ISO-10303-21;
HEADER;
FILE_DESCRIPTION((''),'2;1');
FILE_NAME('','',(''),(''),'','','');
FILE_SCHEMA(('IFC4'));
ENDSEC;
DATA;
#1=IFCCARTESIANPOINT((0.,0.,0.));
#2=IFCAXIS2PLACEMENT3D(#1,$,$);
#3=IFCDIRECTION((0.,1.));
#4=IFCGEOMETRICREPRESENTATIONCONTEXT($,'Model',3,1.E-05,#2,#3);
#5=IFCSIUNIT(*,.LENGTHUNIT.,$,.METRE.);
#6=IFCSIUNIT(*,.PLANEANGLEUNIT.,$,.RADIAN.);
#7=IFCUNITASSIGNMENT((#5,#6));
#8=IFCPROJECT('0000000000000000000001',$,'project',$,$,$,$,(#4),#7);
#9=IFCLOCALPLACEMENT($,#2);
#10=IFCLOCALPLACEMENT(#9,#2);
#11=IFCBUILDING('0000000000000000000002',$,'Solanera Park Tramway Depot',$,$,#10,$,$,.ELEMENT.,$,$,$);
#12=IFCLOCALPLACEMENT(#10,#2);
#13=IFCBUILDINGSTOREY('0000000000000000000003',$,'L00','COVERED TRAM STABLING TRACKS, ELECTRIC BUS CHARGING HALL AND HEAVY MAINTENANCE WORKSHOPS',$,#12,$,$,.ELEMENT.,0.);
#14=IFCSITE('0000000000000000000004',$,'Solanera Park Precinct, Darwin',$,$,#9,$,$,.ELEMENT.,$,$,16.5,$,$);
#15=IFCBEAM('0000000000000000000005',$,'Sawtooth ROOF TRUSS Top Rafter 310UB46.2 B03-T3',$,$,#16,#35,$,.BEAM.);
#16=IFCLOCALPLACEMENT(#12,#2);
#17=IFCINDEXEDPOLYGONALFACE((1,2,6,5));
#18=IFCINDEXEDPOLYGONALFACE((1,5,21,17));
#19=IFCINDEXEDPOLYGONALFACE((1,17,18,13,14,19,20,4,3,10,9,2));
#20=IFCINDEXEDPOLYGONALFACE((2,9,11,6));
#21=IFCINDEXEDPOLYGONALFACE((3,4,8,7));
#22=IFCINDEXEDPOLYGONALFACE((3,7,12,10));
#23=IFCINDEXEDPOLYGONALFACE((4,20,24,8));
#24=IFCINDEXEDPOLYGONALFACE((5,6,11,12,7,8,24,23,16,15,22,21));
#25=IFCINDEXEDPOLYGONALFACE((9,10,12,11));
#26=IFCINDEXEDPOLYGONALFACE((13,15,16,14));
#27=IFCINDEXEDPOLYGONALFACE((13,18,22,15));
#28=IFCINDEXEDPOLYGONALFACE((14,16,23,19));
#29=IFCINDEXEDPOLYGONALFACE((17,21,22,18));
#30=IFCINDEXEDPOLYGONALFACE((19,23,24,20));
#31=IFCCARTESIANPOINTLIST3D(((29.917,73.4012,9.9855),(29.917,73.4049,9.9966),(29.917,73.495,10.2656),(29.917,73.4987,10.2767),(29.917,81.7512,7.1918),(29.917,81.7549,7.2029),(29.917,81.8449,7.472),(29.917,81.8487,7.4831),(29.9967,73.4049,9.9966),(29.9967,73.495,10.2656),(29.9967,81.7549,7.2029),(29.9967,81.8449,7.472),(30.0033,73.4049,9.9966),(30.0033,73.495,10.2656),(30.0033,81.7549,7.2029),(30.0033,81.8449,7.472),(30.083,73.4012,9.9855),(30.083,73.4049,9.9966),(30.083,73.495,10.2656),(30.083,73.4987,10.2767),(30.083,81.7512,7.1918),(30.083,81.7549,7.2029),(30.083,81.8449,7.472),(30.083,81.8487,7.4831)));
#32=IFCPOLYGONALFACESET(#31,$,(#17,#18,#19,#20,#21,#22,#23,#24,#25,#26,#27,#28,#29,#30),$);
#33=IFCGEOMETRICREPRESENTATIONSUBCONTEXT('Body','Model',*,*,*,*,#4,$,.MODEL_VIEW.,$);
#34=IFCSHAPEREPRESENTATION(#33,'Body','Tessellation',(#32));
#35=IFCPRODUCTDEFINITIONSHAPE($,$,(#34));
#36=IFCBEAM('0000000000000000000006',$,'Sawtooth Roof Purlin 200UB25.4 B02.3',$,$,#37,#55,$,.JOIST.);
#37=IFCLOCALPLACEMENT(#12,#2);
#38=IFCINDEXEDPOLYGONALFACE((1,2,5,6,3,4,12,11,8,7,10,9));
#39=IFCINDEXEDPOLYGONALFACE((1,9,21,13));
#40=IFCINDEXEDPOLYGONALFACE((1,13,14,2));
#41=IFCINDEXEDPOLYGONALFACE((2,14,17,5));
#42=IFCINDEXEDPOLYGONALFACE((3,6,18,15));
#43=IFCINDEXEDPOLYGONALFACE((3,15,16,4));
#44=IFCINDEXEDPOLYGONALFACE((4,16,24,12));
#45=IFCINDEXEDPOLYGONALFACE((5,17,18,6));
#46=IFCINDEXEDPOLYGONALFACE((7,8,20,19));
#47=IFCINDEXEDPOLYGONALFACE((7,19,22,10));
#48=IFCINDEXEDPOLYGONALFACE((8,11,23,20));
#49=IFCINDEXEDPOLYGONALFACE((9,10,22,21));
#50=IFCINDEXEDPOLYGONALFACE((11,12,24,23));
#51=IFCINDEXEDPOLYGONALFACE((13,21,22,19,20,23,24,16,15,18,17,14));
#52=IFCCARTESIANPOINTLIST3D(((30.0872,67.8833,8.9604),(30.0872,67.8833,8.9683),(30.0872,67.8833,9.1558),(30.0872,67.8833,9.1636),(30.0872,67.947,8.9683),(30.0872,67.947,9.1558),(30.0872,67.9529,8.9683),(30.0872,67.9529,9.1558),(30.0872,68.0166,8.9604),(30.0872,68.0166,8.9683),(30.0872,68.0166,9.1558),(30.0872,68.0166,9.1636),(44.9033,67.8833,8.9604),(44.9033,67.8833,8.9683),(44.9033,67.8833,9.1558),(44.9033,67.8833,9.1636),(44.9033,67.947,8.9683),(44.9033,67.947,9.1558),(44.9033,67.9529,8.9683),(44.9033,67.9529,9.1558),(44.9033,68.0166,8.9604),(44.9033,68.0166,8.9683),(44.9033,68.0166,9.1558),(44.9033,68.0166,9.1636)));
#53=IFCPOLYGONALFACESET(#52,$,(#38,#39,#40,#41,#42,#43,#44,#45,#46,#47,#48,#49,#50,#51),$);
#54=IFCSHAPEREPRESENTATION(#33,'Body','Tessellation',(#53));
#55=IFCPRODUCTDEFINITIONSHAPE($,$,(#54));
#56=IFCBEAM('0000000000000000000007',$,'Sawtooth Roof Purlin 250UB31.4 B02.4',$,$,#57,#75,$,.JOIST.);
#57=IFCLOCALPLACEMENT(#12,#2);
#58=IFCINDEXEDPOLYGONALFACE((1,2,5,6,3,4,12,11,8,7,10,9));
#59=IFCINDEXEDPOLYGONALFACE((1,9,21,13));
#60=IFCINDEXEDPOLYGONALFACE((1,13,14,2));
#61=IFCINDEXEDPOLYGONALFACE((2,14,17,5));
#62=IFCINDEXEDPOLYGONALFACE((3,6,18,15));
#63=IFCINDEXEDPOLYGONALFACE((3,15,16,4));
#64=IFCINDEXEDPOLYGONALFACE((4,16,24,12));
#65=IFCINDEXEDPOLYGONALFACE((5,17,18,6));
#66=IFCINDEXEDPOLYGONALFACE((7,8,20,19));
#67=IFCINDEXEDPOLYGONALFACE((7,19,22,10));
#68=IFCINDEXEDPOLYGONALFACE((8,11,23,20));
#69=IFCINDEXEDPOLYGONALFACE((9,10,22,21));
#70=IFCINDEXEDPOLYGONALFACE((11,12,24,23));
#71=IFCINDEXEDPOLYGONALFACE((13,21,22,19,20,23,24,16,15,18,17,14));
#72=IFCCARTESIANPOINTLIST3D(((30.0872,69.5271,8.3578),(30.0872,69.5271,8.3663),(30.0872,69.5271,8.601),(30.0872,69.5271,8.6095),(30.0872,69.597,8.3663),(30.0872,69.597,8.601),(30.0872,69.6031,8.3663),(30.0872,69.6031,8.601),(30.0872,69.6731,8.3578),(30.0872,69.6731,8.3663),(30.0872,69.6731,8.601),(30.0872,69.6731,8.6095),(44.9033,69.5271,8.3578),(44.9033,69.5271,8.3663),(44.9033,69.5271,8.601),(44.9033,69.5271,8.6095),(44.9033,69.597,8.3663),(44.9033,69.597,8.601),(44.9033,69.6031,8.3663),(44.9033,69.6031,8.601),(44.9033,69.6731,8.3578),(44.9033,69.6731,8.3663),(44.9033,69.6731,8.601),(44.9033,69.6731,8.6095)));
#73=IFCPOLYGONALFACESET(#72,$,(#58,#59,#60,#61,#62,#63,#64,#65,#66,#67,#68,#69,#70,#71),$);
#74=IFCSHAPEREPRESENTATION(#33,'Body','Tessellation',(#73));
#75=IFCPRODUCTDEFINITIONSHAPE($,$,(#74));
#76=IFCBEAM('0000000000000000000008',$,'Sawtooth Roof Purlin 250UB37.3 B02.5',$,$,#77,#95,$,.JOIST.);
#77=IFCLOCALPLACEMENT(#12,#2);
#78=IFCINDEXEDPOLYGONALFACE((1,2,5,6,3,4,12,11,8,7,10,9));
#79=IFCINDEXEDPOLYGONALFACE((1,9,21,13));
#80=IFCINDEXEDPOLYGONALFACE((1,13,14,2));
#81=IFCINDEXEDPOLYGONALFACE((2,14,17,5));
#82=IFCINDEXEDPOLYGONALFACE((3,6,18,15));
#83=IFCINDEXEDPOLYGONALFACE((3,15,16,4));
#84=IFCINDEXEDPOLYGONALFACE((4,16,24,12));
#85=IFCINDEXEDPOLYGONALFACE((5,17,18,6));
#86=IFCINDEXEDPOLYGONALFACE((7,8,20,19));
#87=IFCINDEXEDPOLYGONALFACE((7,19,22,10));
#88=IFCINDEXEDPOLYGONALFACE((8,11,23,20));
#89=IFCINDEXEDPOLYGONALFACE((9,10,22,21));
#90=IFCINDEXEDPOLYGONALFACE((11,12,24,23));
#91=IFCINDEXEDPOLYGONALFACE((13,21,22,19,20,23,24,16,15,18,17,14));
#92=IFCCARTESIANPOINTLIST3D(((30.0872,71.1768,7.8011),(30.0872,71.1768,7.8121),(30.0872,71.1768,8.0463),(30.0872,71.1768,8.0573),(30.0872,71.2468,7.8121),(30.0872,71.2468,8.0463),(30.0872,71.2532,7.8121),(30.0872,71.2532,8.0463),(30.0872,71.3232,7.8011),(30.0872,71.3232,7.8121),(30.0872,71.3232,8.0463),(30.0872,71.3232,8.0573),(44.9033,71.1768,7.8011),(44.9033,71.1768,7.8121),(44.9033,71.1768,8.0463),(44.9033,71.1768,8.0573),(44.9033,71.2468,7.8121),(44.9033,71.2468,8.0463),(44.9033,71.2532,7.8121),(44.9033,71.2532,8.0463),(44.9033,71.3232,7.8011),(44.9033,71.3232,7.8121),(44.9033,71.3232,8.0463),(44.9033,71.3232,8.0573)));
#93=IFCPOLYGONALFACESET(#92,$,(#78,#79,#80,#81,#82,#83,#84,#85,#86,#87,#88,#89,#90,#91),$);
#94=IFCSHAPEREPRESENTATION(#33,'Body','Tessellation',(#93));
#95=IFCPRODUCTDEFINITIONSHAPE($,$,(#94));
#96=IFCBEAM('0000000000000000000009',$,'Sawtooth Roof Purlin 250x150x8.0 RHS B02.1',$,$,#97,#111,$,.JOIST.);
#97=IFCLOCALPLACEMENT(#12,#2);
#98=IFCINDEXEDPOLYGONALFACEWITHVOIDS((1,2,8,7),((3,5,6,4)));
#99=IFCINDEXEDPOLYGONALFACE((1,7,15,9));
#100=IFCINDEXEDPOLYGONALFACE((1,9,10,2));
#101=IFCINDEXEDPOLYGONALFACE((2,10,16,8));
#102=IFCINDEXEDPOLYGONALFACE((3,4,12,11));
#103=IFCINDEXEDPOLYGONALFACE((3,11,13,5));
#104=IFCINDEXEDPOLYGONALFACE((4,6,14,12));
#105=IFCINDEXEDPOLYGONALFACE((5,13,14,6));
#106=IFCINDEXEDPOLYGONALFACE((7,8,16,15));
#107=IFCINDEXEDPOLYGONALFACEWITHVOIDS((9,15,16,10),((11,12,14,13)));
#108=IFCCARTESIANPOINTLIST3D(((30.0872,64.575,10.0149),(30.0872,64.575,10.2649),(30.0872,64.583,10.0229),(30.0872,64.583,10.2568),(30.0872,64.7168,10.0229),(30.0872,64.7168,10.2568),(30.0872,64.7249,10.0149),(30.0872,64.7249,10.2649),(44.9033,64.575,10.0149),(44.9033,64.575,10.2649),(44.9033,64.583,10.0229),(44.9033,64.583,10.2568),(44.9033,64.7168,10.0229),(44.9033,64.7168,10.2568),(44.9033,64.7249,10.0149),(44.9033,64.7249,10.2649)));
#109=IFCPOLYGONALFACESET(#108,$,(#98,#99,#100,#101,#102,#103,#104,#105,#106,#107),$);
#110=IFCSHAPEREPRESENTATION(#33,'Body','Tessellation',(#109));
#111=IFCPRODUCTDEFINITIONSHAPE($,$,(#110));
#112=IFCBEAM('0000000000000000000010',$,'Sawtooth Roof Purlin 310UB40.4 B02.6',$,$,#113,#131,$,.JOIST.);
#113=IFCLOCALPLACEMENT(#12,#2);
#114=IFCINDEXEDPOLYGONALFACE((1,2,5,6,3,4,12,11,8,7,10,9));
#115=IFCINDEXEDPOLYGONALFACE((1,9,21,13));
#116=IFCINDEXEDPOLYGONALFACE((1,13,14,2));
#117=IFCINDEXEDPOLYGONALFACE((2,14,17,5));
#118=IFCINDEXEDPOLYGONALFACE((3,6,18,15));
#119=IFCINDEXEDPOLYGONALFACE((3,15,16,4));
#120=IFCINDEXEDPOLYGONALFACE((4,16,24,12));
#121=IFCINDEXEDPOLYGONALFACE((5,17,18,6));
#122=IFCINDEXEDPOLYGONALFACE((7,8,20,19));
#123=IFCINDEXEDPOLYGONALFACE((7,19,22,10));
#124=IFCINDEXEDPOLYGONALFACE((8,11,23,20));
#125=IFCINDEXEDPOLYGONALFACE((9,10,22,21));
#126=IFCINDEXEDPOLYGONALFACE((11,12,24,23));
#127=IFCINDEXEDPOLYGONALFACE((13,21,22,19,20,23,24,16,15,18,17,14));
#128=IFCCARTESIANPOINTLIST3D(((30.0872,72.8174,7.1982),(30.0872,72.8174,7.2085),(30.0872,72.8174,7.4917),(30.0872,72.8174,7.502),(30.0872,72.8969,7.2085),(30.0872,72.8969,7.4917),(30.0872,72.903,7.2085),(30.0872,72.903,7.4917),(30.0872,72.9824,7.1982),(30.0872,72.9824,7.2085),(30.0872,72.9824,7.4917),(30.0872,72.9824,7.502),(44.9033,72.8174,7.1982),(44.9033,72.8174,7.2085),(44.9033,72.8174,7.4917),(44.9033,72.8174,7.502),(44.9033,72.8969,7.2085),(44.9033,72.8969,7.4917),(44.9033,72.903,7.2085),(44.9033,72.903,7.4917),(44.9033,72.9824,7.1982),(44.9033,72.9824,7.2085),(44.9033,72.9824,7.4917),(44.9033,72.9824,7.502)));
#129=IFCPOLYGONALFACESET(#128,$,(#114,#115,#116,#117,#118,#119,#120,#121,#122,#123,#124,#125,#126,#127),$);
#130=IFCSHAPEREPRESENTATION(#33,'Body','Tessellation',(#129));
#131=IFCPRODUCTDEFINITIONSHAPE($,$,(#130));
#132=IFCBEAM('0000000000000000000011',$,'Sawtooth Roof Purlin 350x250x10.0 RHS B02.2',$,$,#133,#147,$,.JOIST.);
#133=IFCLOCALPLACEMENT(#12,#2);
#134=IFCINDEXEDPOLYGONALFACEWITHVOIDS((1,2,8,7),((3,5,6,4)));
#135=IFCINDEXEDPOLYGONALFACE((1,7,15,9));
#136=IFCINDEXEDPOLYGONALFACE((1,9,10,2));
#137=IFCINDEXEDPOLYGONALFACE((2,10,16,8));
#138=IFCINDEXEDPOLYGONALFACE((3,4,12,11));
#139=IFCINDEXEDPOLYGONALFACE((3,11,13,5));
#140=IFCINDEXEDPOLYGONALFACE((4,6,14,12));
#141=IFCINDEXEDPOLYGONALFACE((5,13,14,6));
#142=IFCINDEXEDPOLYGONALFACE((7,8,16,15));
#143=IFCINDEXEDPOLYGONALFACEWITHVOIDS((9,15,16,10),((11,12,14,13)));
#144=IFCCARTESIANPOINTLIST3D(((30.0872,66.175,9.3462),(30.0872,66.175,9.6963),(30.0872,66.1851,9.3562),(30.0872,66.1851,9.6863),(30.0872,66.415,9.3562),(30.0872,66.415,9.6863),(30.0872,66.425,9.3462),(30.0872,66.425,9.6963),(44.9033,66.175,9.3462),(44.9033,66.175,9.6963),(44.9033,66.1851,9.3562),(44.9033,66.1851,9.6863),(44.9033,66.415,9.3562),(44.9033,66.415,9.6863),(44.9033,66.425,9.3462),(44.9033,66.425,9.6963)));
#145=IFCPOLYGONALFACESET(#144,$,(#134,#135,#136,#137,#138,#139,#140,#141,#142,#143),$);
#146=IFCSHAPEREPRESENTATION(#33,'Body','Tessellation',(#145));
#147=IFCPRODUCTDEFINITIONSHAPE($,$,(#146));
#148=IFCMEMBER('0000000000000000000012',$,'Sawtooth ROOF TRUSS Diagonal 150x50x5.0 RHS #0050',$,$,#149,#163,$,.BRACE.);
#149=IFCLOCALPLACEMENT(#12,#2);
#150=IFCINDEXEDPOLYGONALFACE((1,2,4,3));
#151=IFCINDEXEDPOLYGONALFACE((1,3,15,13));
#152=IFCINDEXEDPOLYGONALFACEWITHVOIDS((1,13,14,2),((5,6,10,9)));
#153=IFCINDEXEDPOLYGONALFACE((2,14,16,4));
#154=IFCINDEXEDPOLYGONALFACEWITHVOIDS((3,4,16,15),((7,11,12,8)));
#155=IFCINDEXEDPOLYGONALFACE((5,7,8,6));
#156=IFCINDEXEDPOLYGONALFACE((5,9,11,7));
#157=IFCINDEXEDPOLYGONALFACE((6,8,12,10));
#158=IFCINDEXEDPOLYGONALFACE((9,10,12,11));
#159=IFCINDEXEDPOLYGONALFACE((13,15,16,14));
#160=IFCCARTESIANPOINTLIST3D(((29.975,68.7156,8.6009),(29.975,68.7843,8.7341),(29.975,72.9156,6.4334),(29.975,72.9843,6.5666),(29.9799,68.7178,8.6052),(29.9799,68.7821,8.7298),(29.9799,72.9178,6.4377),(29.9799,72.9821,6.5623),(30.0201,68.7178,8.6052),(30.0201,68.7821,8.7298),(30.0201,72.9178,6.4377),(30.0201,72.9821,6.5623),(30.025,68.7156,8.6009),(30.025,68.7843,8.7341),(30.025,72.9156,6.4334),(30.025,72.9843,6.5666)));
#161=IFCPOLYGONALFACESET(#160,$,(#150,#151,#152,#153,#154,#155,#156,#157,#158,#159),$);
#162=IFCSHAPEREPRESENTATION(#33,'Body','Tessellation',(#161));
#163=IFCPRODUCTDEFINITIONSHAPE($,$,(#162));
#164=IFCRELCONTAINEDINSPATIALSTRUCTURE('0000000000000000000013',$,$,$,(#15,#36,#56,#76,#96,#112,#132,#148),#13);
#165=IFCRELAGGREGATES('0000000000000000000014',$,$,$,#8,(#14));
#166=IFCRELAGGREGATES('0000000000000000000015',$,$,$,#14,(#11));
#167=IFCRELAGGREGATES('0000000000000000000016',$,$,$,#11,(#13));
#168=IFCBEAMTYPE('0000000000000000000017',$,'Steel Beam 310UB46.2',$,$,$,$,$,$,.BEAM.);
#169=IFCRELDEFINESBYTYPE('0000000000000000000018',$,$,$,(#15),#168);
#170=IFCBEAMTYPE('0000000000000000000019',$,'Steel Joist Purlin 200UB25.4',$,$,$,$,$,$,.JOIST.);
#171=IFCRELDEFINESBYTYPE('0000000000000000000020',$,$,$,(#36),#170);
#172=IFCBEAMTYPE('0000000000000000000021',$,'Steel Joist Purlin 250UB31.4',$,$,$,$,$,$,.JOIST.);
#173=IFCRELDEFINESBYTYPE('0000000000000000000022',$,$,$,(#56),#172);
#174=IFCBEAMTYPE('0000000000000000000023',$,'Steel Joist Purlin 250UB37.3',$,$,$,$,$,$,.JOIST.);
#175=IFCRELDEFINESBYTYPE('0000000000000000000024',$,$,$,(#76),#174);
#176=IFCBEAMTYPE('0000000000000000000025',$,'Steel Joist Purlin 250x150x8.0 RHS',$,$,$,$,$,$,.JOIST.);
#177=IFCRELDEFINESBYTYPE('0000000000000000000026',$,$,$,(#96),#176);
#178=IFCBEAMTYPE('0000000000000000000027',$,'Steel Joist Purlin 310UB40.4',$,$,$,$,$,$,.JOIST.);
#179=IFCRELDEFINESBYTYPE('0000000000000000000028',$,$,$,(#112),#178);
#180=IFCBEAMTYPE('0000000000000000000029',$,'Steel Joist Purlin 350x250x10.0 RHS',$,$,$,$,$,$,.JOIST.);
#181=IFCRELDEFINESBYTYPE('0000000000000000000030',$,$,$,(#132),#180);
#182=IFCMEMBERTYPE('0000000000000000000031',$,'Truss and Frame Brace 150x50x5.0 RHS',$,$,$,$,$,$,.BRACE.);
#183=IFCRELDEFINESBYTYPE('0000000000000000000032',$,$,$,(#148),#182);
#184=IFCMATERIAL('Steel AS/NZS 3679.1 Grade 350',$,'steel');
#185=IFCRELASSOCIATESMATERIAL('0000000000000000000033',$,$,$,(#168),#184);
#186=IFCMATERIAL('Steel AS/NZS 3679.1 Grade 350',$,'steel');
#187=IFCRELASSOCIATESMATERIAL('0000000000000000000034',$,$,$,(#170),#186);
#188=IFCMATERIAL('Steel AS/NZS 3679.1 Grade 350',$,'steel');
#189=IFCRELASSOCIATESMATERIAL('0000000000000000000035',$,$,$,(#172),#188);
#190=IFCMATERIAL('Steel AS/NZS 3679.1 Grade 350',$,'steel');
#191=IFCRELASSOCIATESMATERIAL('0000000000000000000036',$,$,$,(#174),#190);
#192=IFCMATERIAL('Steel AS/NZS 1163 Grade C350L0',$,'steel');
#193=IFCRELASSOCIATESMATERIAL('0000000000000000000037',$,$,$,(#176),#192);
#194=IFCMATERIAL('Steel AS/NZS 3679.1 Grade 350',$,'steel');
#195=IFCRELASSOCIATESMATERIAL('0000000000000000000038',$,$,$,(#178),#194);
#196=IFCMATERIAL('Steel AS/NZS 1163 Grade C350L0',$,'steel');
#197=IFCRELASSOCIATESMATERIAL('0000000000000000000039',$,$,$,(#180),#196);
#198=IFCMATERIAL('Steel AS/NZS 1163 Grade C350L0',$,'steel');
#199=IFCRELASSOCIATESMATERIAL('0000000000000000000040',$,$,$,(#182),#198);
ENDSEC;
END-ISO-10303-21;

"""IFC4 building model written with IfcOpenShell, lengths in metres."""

from ifc_helpers import new_model, si_unit, direction, frame, origin, origin_2d, place, context, subcontext, project, spatial, hollow_rectangle, i_section, extrude, material, material_profile, profile_set, type_object, element, save


model = new_model("IFC4")

# Units and contexts
model_context = context("Model", 3, precision=1e-05, world=origin(), true_north=direction((0.0, 1.0)))
body_context = subcontext(model_context, "Body", "Model", "MODEL_VIEW")
ifc_project = project(units=[si_unit("LENGTHUNIT", "METRE"), si_unit("PLANEANGLEUNIT", "RADIAN")], contexts=[model_context])

# Site, building, storey
site_placement = place(None, origin())
site = spatial("IfcSite", under=ifc_project, at=site_placement, Name="Solanera Park Precinct, Darwin", CompositionType="ELEMENT", RefElevation=16.5)
building_placement = place(site_placement, origin())
building = spatial("IfcBuilding", under=site, at=building_placement, Name="Solanera Park Tramway Depot", CompositionType="ELEMENT")
storey_placement = place(building_placement, origin())
storey = spatial("IfcBuildingStorey", under=building, at=storey_placement, Name="L00", Description="COVERED TRAM STABLING TRACKS, ELECTRIC BUS CHARGING HALL AND HEAVY MAINTENANCE WORKSHOPS", CompositionType="ELEMENT", Elevation=0.0)

# Beams
ifc_material_1 = material(Name="Steel AS/NZS 3679.1 Grade 350", Category="steel")
ifc_material_profile_1 = material_profile(ifc_material_1, i_section(OverallWidth=0.166, OverallDepth=0.3071, WebThickness=0.0066, FlangeThickness=0.0117, at=origin_2d()), Name="310UB46.2")
ifc_profile_set_1 = profile_set([ifc_material_profile_1], Name="Steel AS/NZS 3679.1 Grade 350")
beam_type_1 = type_object("IfcBeamType", Name="Steel Beam 310UB46.2", PredefinedType="BEAM", material=ifc_profile_set_1)
beam_1_placement = place(storey_placement, frame((30.0, 73.45, 10.1311), z_axis=(0.0, 0.948331, -0.317284), x_axis=(-1.0, 0.0, 0.0)))
element("IfcBeam", 1, at=beam_1_placement, inside=storey, type_object=beam_type_1, Name="Sawtooth ROOF TRUSS Top Rafter 310UB46.2 B03-T3", PredefinedType="BEAM", context=body_context, shape_type="SweptSolid", body=[
    extrude(i_section(OverallWidth=0.166, OverallDepth=0.3071, WebThickness=0.0066, FlangeThickness=0.0117, at=origin_2d()), origin(), (0.0, 0.0, 1.0), 8.8049),
])
ifc_material_2 = material(Name="Steel AS/NZS 3679.1 Grade 350", Category="steel")
ifc_material_profile_2 = material_profile(ifc_material_2, i_section(OverallWidth=0.1333, OverallDepth=0.2031, WebThickness=0.0059, FlangeThickness=0.0078, at=origin_2d()), Name="200UB25.4")
ifc_profile_set_2 = profile_set([ifc_material_profile_2], Name="Steel AS/NZS 3679.1 Grade 350")
beam_type_2 = type_object("IfcBeamType", Name="Steel Joist Purlin 200UB25.4", PredefinedType="JOIST", material=ifc_profile_set_2)
beam_2_placement = place(storey_placement, frame((30.0872, 67.95, 9.062), z_axis=(1.0, 0.0, 0.0), x_axis=(0.0, 1.0, 0.0)))
element("IfcBeam", 2, at=beam_2_placement, inside=storey, type_object=beam_type_2, Name="Sawtooth Roof Purlin 200UB25.4 B02.3", PredefinedType="JOIST", context=body_context, shape_type="SweptSolid", body=[
    extrude(i_section(OverallWidth=0.1333, OverallDepth=0.2031, WebThickness=0.0059, FlangeThickness=0.0078, at=origin_2d()), origin(), (0.0, 0.0, 1.0), 14.8162),
])
ifc_material_3 = material(Name="Steel AS/NZS 3679.1 Grade 350", Category="steel")
ifc_material_profile_3 = material_profile(ifc_material_3, i_section(OverallWidth=0.146, OverallDepth=0.2517, WebThickness=0.0061, FlangeThickness=0.0085, at=origin_2d()), Name="250UB31.4")
ifc_profile_set_3 = profile_set([ifc_material_profile_3], Name="Steel AS/NZS 3679.1 Grade 350")
beam_type_3 = type_object("IfcBeamType", Name="Steel Joist Purlin 250UB31.4", PredefinedType="JOIST", material=ifc_profile_set_3)
beam_3_placement = place(storey_placement, frame((30.0872, 69.6001, 8.4836), z_axis=(1.0, 0.0, 0.0), x_axis=(0.0, 1.0, 0.0)))
element("IfcBeam", 3, at=beam_3_placement, inside=storey, type_object=beam_type_3, Name="Sawtooth Roof Purlin 250UB31.4 B02.4", PredefinedType="JOIST", context=body_context, shape_type="SweptSolid", body=[
    extrude(i_section(OverallWidth=0.146, OverallDepth=0.2517, WebThickness=0.0061, FlangeThickness=0.0085, at=origin_2d()), origin(), (0.0, 0.0, 1.0), 14.8162),
])
ifc_material_4 = material(Name="Steel AS/NZS 3679.1 Grade 350", Category="steel")
ifc_material_profile_4 = material_profile(ifc_material_4, i_section(OverallWidth=0.1465, OverallDepth=0.2561, WebThickness=0.0063, FlangeThickness=0.011, at=origin_2d()), Name="250UB37.3")
ifc_profile_set_4 = profile_set([ifc_material_profile_4], Name="Steel AS/NZS 3679.1 Grade 350")
beam_type_4 = type_object("IfcBeamType", Name="Steel Joist Purlin 250UB37.3", PredefinedType="JOIST", material=ifc_profile_set_4)
beam_4_placement = place(storey_placement, frame((30.0872, 71.25, 7.9292), z_axis=(1.0, 0.0, 0.0), x_axis=(0.0, 1.0, 0.0)))
element("IfcBeam", 4, at=beam_4_placement, inside=storey, type_object=beam_type_4, Name="Sawtooth Roof Purlin 250UB37.3 B02.5", PredefinedType="JOIST", context=body_context, shape_type="SweptSolid", body=[
    extrude(i_section(OverallWidth=0.1465, OverallDepth=0.2561, WebThickness=0.0063, FlangeThickness=0.011, at=origin_2d()), origin(), (0.0, 0.0, 1.0), 14.8162),
])
ifc_material_5 = material(Name="Steel AS/NZS 1163 Grade C350L0", Category="steel")
ifc_material_profile_5 = material_profile(ifc_material_5, hollow_rectangle(XDim=0.1499, YDim=0.25, WallThickness=0.0081, at=origin_2d()), Name="250x150x8.0 RHS")
ifc_profile_set_5 = profile_set([ifc_material_profile_5], Name="Steel AS/NZS 1163 Grade C350L0")
beam_type_5 = type_object("IfcBeamType", Name="Steel Joist Purlin 250x150x8.0 RHS", PredefinedType="JOIST", material=ifc_profile_set_5)
beam_5_placement = place(storey_placement, frame((30.0872, 64.6499, 10.1399), z_axis=(1.0, 0.0, 0.0), x_axis=(0.0, 1.0, 0.0)))
element("IfcBeam", 5, at=beam_5_placement, inside=storey, type_object=beam_type_5, Name="Sawtooth Roof Purlin 250x150x8.0 RHS B02.1", PredefinedType="JOIST", context=body_context, shape_type="SweptSolid", body=[
    extrude(hollow_rectangle(XDim=0.1499, YDim=0.25, WallThickness=0.0081, at=origin_2d()), origin(), (0.0, 0.0, 1.0), 14.8162),
])
ifc_material_6 = material(Name="Steel AS/NZS 3679.1 Grade 350", Category="steel")
ifc_material_profile_6 = material_profile(ifc_material_6, i_section(OverallWidth=0.165, OverallDepth=0.3037, WebThickness=0.0061, FlangeThickness=0.0103, at=origin_2d()), Name="310UB40.4")
ifc_profile_set_6 = profile_set([ifc_material_profile_6], Name="Steel AS/NZS 3679.1 Grade 350")
beam_type_6 = type_object("IfcBeamType", Name="Steel Joist Purlin 310UB40.4", PredefinedType="JOIST", material=ifc_profile_set_6)
beam_6_placement = place(storey_placement, frame((30.0872, 72.8999, 7.3501), z_axis=(1.0, 0.0, 0.0), x_axis=(0.0, 1.0, 0.0)))
element("IfcBeam", 6, at=beam_6_placement, inside=storey, type_object=beam_type_6, Name="Sawtooth Roof Purlin 310UB40.4 B02.6", PredefinedType="JOIST", context=body_context, shape_type="SweptSolid", body=[
    extrude(i_section(OverallWidth=0.165, OverallDepth=0.3037, WebThickness=0.0061, FlangeThickness=0.0103, at=origin_2d()), origin(), (0.0, 0.0, 1.0), 14.8162),
])
ifc_material_7 = material(Name="Steel AS/NZS 1163 Grade C350L0", Category="steel")
ifc_material_profile_7 = material_profile(ifc_material_7, hollow_rectangle(XDim=0.25, YDim=0.3501, WallThickness=0.01, at=origin_2d()), Name="350x250x10.0 RHS")
ifc_profile_set_7 = profile_set([ifc_material_profile_7], Name="Steel AS/NZS 1163 Grade C350L0")
beam_type_7 = type_object("IfcBeamType", Name="Steel Joist Purlin 350x250x10.0 RHS", PredefinedType="JOIST", material=ifc_profile_set_7)
beam_7_placement = place(storey_placement, frame((30.0872, 66.3, 9.5212), z_axis=(1.0, 0.0, 0.0), x_axis=(0.0, 1.0, 0.0)))
element("IfcBeam", 7, at=beam_7_placement, inside=storey, type_object=beam_type_7, Name="Sawtooth Roof Purlin 350x250x10.0 RHS B02.2", PredefinedType="JOIST", context=body_context, shape_type="SweptSolid", body=[
    extrude(hollow_rectangle(XDim=0.25, YDim=0.3501, WallThickness=0.01, at=origin_2d()), origin(), (0.0, 0.0, 1.0), 14.8162),
])

# Member
ifc_material_8 = material(Name="Steel AS/NZS 1163 Grade C350L0", Category="steel")
ifc_material_profile_8 = material_profile(ifc_material_8, hollow_rectangle(XDim=0.05, YDim=0.1499, WallThickness=0.0049, at=origin_2d()), Name="150x50x5.0 RHS")
ifc_profile_set_8 = profile_set([ifc_material_profile_8], Name="Steel AS/NZS 1163 Grade C350L0")
member_type_1 = type_object("IfcMemberType", Name="Truss and Frame Brace 150x50x5.0 RHS", PredefinedType="BRACE", material=ifc_profile_set_8)
member_1_placement = place(storey_placement, frame((30.0, 72.95, 6.5), z_axis=(0.0, -0.888641, 0.458603), x_axis=(1.0, 0.0, 0.0)))
element("IfcMember", 8, at=member_1_placement, inside=storey, type_object=member_type_1, Name="Sawtooth ROOF TRUSS Diagonal 150x50x5.0 RHS #0050", PredefinedType="BRACE", context=body_context, shape_type="SweptSolid", body=[
    extrude(hollow_rectangle(XDim=0.05, YDim=0.1499, WallThickness=0.0049, at=origin_2d()), origin(), (0.0, 0.0, 1.0), 4.7263),
])

save(model, "model.ifc")
